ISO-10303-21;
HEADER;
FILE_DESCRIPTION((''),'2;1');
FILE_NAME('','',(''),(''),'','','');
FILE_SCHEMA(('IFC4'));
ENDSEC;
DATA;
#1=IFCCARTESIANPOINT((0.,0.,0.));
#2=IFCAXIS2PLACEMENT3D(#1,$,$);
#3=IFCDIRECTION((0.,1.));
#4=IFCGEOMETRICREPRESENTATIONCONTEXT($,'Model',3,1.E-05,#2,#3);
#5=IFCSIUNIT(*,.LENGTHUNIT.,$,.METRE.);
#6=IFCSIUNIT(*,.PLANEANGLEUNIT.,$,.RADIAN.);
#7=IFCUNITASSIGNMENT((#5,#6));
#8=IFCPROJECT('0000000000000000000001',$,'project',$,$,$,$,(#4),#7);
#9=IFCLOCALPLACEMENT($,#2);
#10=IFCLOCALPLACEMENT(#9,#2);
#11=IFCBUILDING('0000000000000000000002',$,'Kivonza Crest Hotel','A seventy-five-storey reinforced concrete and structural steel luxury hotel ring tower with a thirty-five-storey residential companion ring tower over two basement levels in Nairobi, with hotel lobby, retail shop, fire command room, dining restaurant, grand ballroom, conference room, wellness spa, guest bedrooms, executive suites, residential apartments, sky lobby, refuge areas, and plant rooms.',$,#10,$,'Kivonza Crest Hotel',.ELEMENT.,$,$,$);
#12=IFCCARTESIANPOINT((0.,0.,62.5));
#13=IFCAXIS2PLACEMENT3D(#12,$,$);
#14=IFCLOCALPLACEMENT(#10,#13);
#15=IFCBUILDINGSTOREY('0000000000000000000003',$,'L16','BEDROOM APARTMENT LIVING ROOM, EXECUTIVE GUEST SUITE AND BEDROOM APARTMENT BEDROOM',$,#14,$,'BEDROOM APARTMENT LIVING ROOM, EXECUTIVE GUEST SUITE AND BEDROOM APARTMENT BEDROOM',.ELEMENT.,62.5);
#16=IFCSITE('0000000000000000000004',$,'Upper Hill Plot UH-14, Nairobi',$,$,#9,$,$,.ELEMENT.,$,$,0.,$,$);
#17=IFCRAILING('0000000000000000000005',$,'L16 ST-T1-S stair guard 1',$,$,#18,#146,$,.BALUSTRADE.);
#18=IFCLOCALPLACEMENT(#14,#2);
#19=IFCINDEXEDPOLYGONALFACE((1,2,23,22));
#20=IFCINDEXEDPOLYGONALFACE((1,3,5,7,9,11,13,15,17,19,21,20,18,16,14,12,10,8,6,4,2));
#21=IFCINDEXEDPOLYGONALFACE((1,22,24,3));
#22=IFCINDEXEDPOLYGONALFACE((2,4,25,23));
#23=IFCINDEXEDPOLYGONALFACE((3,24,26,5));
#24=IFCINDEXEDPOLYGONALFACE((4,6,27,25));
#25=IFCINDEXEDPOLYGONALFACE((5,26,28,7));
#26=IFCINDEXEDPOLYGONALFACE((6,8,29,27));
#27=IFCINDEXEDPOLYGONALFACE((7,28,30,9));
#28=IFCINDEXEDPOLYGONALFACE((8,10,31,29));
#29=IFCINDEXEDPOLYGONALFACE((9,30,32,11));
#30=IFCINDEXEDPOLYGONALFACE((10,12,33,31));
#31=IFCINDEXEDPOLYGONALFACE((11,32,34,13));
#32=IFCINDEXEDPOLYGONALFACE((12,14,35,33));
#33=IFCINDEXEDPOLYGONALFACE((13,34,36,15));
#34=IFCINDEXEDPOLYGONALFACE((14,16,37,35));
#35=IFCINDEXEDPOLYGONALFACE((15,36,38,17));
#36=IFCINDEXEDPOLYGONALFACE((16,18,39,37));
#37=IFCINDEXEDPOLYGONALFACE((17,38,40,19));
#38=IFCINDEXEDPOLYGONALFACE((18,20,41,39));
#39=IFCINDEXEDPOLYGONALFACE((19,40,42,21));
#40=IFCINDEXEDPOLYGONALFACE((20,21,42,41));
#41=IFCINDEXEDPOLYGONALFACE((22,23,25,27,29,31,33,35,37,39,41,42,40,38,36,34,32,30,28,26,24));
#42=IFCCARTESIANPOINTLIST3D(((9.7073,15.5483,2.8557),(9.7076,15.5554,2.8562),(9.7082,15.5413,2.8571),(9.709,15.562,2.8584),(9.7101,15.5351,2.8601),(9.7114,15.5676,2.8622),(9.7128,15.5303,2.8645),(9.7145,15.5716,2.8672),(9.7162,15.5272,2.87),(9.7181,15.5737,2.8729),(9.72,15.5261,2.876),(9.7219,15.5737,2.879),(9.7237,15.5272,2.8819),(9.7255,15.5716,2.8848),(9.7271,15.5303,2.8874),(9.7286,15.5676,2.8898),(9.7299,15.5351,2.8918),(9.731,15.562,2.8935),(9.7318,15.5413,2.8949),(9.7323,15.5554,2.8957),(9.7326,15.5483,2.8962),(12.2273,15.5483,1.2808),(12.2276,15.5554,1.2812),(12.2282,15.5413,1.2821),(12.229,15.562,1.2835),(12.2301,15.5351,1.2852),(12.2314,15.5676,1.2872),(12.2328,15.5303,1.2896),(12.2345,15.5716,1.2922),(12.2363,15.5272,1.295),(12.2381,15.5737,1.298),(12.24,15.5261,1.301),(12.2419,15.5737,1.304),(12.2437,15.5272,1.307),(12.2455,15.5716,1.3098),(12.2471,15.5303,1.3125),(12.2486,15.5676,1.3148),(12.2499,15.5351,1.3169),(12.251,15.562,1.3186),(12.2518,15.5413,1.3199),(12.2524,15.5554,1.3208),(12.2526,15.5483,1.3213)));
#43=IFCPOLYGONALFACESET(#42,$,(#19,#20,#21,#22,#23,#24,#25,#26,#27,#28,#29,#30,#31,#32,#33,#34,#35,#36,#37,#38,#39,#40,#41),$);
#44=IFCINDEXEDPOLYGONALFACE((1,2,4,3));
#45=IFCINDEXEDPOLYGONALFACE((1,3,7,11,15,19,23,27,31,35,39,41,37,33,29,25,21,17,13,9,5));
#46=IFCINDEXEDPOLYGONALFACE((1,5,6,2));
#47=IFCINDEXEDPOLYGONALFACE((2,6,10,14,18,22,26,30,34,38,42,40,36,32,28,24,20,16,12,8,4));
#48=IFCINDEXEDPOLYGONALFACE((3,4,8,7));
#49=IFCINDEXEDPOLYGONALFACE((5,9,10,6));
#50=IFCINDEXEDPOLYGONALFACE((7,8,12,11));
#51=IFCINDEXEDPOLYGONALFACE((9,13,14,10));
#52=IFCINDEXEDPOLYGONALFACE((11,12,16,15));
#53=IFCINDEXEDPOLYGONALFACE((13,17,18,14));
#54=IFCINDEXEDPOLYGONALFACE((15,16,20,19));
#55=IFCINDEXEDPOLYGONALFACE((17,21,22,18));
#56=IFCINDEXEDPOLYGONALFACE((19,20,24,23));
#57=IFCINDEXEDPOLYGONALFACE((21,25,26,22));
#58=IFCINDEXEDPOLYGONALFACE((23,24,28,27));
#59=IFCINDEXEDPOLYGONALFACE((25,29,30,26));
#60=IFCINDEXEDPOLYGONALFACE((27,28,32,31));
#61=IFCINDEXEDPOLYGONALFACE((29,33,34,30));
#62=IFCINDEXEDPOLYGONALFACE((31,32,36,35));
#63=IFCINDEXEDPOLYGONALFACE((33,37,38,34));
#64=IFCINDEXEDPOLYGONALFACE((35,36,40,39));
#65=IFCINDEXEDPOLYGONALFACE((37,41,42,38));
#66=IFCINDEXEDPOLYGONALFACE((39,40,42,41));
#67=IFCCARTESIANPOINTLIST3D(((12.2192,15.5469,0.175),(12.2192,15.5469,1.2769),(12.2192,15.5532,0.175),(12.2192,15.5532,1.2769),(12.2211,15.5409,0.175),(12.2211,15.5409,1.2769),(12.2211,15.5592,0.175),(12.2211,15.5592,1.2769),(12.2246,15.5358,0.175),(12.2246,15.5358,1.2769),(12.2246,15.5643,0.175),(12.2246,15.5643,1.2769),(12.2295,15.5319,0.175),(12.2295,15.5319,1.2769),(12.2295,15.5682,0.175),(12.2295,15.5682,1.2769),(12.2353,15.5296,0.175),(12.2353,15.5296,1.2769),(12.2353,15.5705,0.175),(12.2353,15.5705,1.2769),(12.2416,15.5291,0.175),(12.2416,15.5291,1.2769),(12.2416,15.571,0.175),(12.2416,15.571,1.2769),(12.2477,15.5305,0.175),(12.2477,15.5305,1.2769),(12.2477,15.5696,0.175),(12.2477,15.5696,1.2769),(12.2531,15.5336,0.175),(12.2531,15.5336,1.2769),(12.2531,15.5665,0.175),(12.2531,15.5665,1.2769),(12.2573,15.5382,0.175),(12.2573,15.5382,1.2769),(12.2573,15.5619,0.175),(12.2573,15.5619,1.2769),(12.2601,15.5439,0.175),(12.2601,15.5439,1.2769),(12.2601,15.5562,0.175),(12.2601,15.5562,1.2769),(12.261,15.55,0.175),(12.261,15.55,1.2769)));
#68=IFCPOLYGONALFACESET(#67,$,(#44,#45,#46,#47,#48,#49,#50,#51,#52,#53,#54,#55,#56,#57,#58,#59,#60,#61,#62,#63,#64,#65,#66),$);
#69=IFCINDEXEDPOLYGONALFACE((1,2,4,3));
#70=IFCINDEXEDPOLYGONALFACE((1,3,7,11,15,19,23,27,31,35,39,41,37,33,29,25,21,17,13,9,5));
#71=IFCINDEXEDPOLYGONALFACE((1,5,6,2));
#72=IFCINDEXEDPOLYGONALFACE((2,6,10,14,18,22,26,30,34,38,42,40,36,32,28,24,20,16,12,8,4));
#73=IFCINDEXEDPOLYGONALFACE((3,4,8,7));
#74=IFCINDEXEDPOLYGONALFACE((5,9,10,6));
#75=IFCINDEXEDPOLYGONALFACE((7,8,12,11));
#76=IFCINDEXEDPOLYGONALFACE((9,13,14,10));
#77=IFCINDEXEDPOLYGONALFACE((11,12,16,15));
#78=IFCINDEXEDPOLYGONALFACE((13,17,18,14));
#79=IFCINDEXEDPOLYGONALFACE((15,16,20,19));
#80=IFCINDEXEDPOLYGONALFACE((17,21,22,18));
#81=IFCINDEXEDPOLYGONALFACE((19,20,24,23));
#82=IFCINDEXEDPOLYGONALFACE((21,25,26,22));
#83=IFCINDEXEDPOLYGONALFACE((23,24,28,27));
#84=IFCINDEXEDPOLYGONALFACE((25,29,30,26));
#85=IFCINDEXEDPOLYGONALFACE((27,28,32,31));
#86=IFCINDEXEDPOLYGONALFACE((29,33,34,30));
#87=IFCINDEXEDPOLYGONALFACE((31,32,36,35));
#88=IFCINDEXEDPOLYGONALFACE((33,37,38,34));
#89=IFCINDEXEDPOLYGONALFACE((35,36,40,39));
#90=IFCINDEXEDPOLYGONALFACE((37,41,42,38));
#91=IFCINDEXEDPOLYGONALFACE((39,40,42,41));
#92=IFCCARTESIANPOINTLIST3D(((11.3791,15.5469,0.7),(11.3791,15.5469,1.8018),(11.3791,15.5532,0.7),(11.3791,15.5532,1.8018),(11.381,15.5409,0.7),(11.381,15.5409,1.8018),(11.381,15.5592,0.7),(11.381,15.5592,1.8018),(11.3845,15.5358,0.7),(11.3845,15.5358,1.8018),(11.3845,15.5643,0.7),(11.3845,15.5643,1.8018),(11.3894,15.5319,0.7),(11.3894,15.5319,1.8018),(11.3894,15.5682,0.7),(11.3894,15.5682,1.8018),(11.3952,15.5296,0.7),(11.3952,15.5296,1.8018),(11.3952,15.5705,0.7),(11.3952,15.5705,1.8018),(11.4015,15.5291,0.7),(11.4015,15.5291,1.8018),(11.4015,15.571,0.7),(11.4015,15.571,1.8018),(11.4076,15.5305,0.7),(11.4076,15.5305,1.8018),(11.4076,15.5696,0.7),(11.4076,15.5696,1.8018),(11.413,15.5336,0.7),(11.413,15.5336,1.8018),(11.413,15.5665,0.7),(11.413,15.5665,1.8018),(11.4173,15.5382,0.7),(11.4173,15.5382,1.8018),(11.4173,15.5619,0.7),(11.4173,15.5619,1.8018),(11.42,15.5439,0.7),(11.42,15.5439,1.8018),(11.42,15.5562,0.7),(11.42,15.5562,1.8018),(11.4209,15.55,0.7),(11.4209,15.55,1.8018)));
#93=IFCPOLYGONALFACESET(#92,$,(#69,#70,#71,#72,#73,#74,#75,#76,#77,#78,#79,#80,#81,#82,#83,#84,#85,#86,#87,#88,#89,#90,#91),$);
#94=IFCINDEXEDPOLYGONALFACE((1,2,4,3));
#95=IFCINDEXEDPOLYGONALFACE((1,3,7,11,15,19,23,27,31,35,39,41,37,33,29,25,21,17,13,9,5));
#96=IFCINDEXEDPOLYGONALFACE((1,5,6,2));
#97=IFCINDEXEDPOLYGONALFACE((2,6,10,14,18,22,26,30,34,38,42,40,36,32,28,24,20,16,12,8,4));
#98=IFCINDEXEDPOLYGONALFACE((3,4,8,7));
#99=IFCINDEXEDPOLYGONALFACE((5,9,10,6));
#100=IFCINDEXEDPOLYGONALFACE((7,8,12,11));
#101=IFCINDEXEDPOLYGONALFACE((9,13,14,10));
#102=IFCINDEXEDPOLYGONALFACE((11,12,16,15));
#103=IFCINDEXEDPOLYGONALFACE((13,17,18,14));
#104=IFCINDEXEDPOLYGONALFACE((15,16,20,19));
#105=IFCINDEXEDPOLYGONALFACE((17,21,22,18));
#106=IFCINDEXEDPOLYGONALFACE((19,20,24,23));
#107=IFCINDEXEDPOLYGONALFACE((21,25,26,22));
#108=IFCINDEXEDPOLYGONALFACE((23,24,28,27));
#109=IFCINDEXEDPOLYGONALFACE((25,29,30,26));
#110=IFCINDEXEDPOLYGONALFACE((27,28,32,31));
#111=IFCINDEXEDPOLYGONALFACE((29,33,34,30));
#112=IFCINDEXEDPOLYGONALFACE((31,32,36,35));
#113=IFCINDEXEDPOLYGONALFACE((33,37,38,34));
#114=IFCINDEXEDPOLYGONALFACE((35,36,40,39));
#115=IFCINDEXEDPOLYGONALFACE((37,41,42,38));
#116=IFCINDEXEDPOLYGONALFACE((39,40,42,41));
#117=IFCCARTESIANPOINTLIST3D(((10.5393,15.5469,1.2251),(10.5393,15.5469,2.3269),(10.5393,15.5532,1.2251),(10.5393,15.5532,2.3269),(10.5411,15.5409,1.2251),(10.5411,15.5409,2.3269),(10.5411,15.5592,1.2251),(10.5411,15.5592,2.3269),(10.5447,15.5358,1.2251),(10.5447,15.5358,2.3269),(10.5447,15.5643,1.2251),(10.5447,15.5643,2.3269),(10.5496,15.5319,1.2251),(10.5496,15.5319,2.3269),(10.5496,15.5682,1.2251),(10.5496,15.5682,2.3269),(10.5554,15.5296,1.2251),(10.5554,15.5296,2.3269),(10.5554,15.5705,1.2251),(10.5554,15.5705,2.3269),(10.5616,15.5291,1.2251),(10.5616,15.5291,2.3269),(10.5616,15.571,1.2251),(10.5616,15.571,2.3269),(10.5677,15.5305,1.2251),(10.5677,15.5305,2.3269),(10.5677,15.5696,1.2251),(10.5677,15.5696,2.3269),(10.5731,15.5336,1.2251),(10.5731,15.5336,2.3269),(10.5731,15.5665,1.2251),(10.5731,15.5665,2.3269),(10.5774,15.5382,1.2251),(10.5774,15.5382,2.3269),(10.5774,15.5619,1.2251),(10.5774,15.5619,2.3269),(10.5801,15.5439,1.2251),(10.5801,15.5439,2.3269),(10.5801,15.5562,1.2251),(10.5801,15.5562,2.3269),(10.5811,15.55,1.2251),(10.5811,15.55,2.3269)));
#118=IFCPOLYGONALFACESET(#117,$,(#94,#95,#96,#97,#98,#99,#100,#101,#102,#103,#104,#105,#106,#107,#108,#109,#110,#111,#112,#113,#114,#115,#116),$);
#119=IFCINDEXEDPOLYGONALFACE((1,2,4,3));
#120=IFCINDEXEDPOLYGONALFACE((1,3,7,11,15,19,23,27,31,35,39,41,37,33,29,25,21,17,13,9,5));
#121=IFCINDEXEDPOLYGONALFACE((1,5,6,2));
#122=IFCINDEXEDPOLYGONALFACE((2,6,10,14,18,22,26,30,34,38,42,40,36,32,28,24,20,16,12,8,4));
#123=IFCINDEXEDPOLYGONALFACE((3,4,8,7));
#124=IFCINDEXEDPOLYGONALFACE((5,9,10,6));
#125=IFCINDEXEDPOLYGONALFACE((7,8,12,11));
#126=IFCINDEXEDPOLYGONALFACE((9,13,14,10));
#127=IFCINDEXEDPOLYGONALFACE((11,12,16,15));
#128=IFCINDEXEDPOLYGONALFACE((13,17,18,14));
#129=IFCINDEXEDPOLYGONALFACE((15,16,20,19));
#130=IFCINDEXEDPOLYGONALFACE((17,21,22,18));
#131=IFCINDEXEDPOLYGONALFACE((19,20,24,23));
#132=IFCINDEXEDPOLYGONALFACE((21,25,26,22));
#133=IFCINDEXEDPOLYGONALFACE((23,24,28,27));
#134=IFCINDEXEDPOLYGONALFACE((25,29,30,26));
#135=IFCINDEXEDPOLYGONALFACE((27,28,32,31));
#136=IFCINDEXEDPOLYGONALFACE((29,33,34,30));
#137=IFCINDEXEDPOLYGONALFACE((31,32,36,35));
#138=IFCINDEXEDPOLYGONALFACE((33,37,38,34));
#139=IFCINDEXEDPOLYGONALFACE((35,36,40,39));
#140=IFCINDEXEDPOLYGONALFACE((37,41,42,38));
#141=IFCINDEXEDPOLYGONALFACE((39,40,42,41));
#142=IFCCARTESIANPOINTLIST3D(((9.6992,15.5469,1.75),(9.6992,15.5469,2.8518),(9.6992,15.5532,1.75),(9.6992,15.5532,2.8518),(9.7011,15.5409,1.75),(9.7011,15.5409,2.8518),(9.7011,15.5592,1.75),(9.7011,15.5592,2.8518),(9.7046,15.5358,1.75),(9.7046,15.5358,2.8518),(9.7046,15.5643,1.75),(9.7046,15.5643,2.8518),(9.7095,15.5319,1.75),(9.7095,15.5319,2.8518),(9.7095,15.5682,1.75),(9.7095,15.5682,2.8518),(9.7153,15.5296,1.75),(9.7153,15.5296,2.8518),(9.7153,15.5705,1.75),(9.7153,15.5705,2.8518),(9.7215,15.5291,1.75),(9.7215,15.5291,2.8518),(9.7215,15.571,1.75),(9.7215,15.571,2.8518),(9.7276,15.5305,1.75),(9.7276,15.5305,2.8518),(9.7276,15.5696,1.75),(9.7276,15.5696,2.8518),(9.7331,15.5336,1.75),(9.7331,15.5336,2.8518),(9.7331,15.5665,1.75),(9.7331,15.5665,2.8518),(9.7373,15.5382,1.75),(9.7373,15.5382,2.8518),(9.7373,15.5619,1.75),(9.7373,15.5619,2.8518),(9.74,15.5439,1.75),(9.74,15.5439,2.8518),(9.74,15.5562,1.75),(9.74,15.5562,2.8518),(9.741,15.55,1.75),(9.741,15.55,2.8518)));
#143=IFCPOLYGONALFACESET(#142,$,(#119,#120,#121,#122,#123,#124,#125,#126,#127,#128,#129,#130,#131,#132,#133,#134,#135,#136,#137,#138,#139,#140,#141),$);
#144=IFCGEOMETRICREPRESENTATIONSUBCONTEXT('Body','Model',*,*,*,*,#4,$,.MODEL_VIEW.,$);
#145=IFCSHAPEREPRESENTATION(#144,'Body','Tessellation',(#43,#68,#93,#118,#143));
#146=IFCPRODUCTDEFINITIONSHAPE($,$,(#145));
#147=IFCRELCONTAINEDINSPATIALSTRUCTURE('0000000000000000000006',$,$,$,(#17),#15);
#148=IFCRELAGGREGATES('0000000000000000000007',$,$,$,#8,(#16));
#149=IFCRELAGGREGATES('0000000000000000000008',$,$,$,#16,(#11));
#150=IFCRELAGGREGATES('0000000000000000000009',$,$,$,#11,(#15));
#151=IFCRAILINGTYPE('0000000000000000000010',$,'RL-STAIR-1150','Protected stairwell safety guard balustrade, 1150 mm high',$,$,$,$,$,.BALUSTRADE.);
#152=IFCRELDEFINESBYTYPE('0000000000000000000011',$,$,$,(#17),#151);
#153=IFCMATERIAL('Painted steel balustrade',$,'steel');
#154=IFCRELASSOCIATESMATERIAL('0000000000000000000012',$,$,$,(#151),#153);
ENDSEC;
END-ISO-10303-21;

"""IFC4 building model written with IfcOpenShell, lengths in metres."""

from ifc_helpers import new_model, si_unit, direction, frame, origin, origin_2d, place, context, subcontext, project, spatial, circle, extrude, material, type_object, element, save


model = new_model("IFC4")

# Units and contexts
model_context = context("Model", 3, precision=1e-05, world=origin(), true_north=direction((0.0, 1.0)))
body_context = subcontext(model_context, "Body", "Model", "MODEL_VIEW")
ifc_project = project(units=[si_unit("LENGTHUNIT", "METRE"), si_unit("PLANEANGLEUNIT", "RADIAN")], contexts=[model_context])

# Site, building, storey
site_placement = place(None, origin())
site = spatial("IfcSite", under=ifc_project, at=site_placement, Name="Upper Hill Plot UH-14, Nairobi", CompositionType="ELEMENT", RefElevation=0.0)
building_placement = place(site_placement, origin())
building = spatial("IfcBuilding", under=site, at=building_placement, Name="Kivonza Crest Hotel", Description="A seventy-five-storey reinforced concrete and structural steel luxury hotel ring tower with a thirty-five-storey residential companion ring tower over two basement levels in Nairobi, with hotel lobby, retail shop, fire command room, dining restaurant, grand ballroom, conference room, wellness spa, guest bedrooms, executive suites, residential apartments, sky lobby, refuge areas, and plant rooms.", LongName="Kivonza Crest Hotel", CompositionType="ELEMENT")
storey_placement = place(building_placement, frame((0.0, 0.0, 62.5)))
storey = spatial("IfcBuildingStorey", under=building, at=storey_placement, Name="L16", Description="BEDROOM APARTMENT LIVING ROOM, EXECUTIVE GUEST SUITE AND BEDROOM APARTMENT BEDROOM", LongName="BEDROOM APARTMENT LIVING ROOM, EXECUTIVE GUEST SUITE AND BEDROOM APARTMENT BEDROOM", CompositionType="ELEMENT", Elevation=62.5)

# Railing
ifc_material_1 = material(Name="Painted steel balustrade", Category="steel")
railing_type_1 = type_object("IfcRailingType", Name="RL-STAIR-1150", Description="Protected stairwell safety guard balustrade, 1150 mm high", PredefinedType="BALUSTRADE", material=ifc_material_1)
railing_1_placement = place(storey_placement, frame((12.24, 15.55, 0.175)))
element("IfcRailing", 1, at=railing_1_placement, inside=storey, type_object=railing_type_1, Name="L16 ST-T1-S stair guard 1", PredefinedType="BALUSTRADE", context=body_context, shape_type="SweptSolid", body=[
    extrude(circle(Radius=0.0239, at=origin_2d()), frame((0.0, 0.0, 1.126), z_axis=(-0.848008, 0.0, 0.529984), x_axis=(0.0, -1.0, 0.0)), (0.0, 0.0, 1.0), 2.9717),
    extrude(circle(Radius=0.021, at=origin_2d()), origin(), (0.0, 0.0, 1.0), 1.1018),
    extrude(circle(Radius=0.021, at=origin_2d()), frame((-0.8401, 0.0, 0.5249)), (0.0, 0.0, 1.0), 1.1018),
    extrude(circle(Radius=0.021, at=origin_2d()), frame((-1.6799, 0.0, 1.05)), (0.0, 0.0, 1.0), 1.1018),
    extrude(circle(Radius=0.021, at=origin_2d()), frame((-2.52, 0.0, 1.575)), (0.0, 0.0, 1.0), 1.1018),
])

save(model, "model.ifc")
